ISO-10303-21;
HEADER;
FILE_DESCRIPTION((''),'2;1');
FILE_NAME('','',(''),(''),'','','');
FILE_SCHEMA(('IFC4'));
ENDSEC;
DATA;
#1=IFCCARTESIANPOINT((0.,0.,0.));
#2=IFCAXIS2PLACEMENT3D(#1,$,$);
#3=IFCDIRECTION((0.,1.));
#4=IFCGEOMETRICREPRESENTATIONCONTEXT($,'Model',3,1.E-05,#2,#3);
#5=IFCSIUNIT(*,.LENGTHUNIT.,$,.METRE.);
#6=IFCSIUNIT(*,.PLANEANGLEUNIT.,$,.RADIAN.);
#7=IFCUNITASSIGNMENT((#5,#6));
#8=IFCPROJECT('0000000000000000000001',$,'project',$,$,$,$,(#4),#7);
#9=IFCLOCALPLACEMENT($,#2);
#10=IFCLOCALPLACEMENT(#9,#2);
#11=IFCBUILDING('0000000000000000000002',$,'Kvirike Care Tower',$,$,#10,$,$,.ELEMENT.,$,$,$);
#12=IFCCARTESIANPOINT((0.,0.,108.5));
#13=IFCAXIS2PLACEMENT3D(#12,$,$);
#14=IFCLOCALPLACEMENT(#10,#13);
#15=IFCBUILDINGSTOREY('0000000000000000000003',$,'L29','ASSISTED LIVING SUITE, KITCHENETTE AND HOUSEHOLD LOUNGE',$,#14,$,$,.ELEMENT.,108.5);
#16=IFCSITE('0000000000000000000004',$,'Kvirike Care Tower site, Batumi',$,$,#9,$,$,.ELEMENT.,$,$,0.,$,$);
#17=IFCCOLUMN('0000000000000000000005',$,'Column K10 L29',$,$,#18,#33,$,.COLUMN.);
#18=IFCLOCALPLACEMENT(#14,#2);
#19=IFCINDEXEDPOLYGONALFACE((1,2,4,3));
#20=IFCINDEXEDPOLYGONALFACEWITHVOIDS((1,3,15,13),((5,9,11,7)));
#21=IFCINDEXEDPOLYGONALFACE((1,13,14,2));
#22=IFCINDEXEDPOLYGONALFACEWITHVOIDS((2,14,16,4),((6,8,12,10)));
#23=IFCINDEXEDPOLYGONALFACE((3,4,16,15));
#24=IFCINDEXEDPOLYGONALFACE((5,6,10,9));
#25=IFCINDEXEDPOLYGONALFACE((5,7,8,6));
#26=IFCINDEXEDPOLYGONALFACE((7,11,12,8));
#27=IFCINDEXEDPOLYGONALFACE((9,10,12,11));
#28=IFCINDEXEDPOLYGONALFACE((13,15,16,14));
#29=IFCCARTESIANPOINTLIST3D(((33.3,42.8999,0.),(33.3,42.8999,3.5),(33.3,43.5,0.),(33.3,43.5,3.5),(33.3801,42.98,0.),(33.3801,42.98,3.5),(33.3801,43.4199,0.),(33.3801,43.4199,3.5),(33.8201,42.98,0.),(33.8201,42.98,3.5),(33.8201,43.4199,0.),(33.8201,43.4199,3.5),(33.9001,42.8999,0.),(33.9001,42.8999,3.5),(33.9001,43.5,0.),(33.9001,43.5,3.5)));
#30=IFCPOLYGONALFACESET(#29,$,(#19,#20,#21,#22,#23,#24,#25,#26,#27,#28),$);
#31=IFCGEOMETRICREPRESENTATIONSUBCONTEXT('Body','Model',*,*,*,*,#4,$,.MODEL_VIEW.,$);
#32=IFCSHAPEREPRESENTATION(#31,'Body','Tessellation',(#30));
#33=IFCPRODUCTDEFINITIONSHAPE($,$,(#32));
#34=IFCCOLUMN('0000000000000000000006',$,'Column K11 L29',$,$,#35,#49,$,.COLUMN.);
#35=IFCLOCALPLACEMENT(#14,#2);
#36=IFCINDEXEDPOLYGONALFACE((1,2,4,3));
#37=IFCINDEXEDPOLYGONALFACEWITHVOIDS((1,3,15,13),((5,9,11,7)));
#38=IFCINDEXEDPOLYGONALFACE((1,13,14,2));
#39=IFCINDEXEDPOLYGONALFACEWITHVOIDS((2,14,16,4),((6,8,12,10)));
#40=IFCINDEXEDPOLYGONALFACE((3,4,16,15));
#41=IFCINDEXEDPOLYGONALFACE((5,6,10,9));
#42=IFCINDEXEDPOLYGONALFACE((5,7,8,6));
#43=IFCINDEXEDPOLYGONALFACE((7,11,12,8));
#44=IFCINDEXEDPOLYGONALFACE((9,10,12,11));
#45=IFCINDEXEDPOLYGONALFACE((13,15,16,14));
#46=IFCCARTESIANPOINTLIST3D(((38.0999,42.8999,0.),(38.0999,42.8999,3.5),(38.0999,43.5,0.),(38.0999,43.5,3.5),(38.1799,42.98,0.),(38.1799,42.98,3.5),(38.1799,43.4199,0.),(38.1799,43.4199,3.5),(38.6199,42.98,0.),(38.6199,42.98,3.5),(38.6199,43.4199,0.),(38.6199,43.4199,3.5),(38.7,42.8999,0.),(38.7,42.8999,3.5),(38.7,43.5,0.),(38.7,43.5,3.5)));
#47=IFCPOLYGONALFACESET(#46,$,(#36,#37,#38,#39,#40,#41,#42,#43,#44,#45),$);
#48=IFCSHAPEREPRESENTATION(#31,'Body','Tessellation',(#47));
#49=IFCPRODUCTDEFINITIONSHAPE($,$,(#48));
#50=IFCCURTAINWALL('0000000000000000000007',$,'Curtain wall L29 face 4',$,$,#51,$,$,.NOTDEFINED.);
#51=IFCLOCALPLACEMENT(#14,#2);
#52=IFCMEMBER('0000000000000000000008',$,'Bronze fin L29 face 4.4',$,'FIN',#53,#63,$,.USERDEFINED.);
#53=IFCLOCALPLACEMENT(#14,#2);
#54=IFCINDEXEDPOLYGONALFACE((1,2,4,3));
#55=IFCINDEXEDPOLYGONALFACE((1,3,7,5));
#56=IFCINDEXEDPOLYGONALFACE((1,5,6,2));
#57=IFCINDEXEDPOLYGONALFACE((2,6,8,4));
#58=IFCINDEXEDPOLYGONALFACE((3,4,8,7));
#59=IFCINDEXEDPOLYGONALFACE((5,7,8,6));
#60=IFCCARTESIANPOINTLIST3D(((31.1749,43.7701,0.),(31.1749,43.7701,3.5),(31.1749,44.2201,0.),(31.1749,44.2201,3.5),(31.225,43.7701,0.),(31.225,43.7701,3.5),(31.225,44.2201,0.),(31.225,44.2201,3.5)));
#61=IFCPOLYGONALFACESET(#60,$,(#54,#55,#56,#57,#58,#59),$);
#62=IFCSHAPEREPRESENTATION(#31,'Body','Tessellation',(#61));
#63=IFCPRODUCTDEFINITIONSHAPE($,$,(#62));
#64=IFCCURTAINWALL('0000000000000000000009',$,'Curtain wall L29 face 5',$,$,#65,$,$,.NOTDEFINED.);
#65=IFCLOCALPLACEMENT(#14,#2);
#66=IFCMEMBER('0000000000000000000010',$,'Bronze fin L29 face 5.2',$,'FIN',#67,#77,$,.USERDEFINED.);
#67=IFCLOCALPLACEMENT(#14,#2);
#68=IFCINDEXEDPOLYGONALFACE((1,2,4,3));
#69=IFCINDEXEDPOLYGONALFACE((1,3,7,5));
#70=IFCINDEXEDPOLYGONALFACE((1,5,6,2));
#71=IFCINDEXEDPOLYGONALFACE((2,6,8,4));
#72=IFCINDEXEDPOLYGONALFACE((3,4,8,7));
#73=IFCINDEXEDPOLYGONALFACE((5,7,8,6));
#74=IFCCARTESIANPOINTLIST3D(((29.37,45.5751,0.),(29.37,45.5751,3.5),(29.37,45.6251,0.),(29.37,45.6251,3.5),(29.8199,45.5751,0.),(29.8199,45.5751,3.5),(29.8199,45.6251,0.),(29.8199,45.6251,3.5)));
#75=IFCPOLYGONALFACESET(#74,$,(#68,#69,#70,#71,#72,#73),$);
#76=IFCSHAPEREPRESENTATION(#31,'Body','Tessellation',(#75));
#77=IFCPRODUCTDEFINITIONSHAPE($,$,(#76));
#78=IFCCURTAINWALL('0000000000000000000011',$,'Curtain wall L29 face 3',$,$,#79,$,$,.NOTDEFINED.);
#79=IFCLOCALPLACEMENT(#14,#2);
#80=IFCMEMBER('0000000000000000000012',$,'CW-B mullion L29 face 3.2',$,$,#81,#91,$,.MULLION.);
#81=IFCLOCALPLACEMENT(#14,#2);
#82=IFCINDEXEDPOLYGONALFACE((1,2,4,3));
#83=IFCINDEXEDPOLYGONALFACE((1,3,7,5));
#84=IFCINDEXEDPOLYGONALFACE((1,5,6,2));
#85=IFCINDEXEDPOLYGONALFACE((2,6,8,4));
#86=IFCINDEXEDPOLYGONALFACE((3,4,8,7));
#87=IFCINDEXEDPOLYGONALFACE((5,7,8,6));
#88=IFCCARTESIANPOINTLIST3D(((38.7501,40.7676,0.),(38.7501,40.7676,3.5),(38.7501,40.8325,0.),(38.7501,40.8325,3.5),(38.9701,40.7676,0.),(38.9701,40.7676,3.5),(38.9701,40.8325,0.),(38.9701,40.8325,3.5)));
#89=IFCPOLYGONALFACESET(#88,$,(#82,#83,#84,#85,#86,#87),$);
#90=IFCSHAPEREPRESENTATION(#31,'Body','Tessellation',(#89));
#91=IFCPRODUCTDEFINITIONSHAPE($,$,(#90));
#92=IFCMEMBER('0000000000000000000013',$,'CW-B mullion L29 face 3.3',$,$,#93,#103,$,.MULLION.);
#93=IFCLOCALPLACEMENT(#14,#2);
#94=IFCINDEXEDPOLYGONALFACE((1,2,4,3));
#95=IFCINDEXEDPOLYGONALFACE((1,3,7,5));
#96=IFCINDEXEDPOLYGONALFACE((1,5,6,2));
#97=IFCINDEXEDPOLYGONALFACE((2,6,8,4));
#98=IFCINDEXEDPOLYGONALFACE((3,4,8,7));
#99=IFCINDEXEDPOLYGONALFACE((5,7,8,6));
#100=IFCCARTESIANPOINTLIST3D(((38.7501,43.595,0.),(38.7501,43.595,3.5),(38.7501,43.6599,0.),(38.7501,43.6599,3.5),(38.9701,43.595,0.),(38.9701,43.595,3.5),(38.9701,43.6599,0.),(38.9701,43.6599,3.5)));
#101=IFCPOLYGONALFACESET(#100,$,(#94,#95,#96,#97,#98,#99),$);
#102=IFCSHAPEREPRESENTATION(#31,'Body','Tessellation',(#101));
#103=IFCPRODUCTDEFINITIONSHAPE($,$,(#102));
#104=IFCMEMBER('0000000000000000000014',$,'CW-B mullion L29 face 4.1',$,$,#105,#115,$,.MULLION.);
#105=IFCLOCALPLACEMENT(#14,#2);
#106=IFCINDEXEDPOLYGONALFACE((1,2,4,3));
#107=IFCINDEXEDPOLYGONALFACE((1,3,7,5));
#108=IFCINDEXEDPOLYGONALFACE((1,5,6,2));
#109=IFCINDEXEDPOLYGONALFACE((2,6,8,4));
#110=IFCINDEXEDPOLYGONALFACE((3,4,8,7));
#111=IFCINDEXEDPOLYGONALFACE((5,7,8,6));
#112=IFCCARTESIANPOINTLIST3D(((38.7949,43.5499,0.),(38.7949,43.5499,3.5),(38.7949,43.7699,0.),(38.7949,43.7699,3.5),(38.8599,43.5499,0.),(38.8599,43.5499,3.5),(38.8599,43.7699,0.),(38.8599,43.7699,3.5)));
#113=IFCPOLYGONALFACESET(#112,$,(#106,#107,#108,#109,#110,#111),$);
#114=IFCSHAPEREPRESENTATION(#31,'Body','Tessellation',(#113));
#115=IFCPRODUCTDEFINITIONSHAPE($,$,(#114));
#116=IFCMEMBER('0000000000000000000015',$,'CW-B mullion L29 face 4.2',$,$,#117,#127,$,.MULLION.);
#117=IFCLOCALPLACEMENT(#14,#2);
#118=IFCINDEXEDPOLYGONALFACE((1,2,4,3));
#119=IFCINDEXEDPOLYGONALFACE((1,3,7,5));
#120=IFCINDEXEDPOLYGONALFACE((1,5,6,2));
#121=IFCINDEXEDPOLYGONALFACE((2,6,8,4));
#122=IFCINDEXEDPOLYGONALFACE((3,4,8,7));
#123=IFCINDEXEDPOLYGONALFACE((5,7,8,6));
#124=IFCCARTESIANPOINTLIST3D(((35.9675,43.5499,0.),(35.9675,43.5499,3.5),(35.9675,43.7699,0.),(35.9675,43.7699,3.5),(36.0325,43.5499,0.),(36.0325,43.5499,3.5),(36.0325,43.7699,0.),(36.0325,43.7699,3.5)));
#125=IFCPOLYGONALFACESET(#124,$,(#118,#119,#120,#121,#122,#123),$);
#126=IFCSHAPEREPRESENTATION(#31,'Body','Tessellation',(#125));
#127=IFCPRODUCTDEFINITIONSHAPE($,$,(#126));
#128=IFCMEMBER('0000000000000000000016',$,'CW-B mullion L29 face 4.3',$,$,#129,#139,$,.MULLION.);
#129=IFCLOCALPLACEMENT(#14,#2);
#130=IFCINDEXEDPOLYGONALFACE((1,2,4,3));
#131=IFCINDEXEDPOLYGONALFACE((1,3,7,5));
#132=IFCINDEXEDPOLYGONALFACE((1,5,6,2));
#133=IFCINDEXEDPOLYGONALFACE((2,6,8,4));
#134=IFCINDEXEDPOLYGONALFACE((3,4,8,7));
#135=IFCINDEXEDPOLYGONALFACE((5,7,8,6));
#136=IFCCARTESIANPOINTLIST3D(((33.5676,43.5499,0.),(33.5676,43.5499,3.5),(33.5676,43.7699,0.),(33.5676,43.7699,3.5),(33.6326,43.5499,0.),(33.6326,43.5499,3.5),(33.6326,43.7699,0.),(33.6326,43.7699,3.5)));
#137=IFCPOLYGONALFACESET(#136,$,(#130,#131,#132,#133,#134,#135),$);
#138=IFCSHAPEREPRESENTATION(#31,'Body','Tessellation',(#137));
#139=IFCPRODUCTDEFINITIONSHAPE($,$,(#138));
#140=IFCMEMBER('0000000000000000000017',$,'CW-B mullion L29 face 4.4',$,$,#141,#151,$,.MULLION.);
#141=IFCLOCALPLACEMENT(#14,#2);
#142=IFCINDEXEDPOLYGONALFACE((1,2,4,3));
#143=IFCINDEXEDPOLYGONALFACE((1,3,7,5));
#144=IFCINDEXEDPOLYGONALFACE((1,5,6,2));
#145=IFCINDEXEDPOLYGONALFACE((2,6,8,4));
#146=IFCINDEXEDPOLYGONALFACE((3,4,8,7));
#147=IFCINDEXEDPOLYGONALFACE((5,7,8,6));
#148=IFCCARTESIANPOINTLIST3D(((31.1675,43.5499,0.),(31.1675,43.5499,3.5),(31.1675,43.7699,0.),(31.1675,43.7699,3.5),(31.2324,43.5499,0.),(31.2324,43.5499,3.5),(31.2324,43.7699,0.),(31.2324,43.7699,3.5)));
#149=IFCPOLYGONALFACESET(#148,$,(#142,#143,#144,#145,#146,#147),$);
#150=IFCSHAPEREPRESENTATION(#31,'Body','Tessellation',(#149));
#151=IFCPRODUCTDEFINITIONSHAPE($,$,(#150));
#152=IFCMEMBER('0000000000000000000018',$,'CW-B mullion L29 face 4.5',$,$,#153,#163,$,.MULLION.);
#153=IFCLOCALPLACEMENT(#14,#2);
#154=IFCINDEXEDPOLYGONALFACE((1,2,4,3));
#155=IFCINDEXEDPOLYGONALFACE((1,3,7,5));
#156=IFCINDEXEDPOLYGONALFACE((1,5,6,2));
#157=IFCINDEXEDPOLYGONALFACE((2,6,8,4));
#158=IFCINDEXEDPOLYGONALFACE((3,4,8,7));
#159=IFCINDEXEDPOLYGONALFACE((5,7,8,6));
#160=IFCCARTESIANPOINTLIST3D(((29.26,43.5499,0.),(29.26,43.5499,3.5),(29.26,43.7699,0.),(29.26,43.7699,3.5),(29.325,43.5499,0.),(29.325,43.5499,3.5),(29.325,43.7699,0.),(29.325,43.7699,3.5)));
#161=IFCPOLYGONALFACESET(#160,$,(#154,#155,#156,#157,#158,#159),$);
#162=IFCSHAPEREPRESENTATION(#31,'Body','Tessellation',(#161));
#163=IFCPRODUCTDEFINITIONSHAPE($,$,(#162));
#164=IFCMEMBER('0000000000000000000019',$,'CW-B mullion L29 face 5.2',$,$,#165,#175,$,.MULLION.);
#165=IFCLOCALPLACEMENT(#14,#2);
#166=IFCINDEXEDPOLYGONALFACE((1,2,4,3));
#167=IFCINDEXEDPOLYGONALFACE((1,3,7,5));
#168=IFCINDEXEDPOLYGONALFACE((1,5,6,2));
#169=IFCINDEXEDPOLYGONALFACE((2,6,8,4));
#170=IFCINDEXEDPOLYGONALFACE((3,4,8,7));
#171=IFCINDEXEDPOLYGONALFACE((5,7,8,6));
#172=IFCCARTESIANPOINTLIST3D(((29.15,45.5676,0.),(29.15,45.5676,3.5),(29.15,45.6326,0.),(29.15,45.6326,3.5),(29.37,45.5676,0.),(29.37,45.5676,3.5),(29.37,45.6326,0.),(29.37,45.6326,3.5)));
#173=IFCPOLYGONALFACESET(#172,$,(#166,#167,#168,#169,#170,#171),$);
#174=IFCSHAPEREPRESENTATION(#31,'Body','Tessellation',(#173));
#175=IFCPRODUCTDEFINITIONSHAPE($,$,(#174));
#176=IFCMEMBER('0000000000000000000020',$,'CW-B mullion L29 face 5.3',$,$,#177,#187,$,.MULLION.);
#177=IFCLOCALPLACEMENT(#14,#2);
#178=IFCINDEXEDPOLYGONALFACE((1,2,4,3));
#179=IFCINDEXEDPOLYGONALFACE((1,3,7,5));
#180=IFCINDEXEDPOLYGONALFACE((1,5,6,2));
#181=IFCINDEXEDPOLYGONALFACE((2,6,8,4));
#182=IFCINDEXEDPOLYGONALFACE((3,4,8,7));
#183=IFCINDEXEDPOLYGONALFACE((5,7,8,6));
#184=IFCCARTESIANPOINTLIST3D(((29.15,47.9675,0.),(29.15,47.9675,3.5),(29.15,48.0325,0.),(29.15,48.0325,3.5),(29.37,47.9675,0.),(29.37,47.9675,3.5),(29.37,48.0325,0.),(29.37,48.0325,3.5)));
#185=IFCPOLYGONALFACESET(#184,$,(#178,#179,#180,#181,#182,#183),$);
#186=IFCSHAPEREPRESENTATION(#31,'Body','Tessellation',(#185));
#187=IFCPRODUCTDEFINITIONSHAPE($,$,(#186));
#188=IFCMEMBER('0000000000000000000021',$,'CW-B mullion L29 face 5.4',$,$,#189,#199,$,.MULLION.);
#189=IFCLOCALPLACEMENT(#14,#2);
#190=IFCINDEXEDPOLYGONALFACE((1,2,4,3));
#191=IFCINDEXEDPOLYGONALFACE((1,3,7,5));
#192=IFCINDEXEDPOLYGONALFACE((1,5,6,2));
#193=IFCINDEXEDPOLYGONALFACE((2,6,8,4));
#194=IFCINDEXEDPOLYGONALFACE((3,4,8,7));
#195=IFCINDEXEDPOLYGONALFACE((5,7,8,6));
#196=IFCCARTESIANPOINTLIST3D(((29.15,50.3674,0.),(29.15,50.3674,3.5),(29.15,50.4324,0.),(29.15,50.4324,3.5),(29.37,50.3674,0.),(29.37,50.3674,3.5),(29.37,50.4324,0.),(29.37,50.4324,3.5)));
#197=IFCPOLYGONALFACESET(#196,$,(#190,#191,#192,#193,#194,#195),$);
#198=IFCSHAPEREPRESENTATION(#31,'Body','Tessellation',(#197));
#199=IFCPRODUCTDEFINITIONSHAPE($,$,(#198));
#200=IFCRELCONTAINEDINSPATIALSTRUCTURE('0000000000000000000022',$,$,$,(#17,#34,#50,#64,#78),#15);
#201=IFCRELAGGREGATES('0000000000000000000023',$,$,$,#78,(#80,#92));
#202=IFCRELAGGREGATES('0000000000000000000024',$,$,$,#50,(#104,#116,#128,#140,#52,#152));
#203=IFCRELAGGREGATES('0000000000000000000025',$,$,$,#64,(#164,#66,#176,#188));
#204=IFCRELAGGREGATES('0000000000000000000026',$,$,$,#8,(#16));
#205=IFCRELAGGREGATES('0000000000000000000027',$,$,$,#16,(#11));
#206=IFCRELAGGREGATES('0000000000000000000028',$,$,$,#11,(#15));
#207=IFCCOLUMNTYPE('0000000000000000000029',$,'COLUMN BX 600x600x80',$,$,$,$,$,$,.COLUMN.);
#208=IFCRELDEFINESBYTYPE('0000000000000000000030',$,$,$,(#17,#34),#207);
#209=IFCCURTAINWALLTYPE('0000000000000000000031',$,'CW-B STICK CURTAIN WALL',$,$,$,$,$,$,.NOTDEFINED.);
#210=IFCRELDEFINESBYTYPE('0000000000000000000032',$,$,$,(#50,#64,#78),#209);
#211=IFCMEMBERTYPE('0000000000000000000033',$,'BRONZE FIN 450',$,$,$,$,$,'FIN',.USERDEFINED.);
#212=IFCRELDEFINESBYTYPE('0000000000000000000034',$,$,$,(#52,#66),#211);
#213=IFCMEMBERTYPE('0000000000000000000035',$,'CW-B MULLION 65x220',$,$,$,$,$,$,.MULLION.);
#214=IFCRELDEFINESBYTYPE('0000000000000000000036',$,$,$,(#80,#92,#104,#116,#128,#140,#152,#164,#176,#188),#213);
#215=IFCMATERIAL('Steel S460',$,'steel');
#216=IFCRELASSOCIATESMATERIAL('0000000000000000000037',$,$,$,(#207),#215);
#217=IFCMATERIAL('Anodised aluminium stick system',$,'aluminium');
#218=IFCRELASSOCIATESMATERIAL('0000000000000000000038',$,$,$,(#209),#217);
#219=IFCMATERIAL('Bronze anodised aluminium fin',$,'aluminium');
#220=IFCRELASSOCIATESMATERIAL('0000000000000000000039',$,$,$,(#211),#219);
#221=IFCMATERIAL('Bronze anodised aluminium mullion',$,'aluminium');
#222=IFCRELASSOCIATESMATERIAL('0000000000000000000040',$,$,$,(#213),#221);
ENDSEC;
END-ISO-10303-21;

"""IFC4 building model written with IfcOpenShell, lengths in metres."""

from ifc_helpers import new_model, si_unit, direction, frame, origin, origin_2d, place, context, subcontext, project, spatial, rectangle, hollow_rectangle, extrude, material, material_profile, profile_set, type_object, element, aggregate, save


model = new_model("IFC4")

# Units and contexts
model_context = context("Model", 3, precision=1e-05, world=origin(), true_north=direction((0.0, 1.0)))
body_context = subcontext(model_context, "Body", "Model", "MODEL_VIEW")
ifc_project = project(units=[si_unit("LENGTHUNIT", "METRE"), si_unit("PLANEANGLEUNIT", "RADIAN")], contexts=[model_context])

# Site, building, storey
site_placement = place(None, origin())
site = spatial("IfcSite", under=ifc_project, at=site_placement, Name="Kvirike Care Tower site, Batumi", CompositionType="ELEMENT", RefElevation=0.0)
building_placement = place(site_placement, origin())
building = spatial("IfcBuilding", under=site, at=building_placement, Name="Kvirike Care Tower", CompositionType="ELEMENT")
storey_placement = place(building_placement, frame((0.0, 0.0, 108.5)))
storey = spatial("IfcBuildingStorey", under=building, at=storey_placement, Name="L29", Description="ASSISTED LIVING SUITE, KITCHENETTE AND HOUSEHOLD LOUNGE", CompositionType="ELEMENT", Elevation=108.5)

# Columns
ifc_material_1 = material(Name="Steel S460", Category="steel")
ifc_material_profile_1 = material_profile(ifc_material_1, hollow_rectangle(XDim=0.6001, YDim=0.6001, WallThickness=0.0801, at=origin_2d()), Name="BX 600x600x80")
ifc_profile_set_1 = profile_set([ifc_material_profile_1], Name="Steel S460")
column_type = type_object("IfcColumnType", Name="COLUMN BX 600x600x80", PredefinedType="COLUMN", material=ifc_profile_set_1)
for number, where, z_axis, x_axis, name in (
    (1, (33.6001, 43.2, 0.0), (0.0, 0.0, 1.0), (0.0, 1.0, 0.0), "Column K10 L29"),
    (2, (38.3999, 43.2, 0.0), (0.0, 0.0, 1.0), (0.0, 1.0, 0.0), "Column K11 L29"),
):
    element("IfcColumn", number, at=place(storey_placement, frame(where, z_axis=z_axis, x_axis=x_axis)), inside=storey, type_object=column_type, Name=name, PredefinedType="COLUMN", context=body_context, shape_type="SweptSolid", body=[
        extrude(hollow_rectangle(XDim=0.6001, YDim=0.6001, WallThickness=0.0801, at=origin_2d()), origin(), (0.0, 0.0, 1.0), 3.5),
    ])

# Curtain walls, members
ifc_material_2 = material(Name="Anodised aluminium stick system", Category="aluminium")
curtain_wall_type = type_object("IfcCurtainWallType", Name="CW-B STICK CURTAIN WALL", PredefinedType="NOTDEFINED", material=ifc_material_2)
curtain_wall_1_placement = place(storey_placement, origin())
curtain_wall_1 = element("IfcCurtainWall", 3, at=curtain_wall_1_placement, inside=storey, type_object=curtain_wall_type, Name="Curtain wall L29 face 4", PredefinedType="NOTDEFINED")
ifc_material_3 = material(Name="Bronze anodised aluminium fin", Category="aluminium")
ifc_material_profile_2 = material_profile(ifc_material_3, rectangle(XDim=0.05, YDim=0.45, at=origin_2d()), Name="BRONZE FIN 450")
ifc_profile_set_2 = profile_set([ifc_material_profile_2], Name="Bronze anodised aluminium fin")
member_type_1 = type_object("IfcMemberType", Name="BRONZE FIN 450", ElementType="FIN", PredefinedType="USERDEFINED", material=ifc_profile_set_2)
member_1_placement = place(storey_placement, frame((31.2, 43.9951, 0.0), z_axis=(0.0, 0.0, 1.0), x_axis=(-1.0, 0.0, 0.0)))
member_1 = element("IfcMember", 4, at=member_1_placement, type_object=member_type_1, Name="Bronze fin L29 face 4.4", ObjectType="FIN", PredefinedType="USERDEFINED", context=body_context, shape_type="SweptSolid", body=[
    extrude(rectangle(XDim=0.05, YDim=0.45, at=origin_2d()), origin(), (0.0, 0.0, 1.0), 3.5),
])
curtain_wall_2_placement = place(storey_placement, origin())
curtain_wall_2 = element("IfcCurtainWall", 5, at=curtain_wall_2_placement, inside=storey, type_object=curtain_wall_type, Name="Curtain wall L29 face 5", PredefinedType="NOTDEFINED")
member_2_placement = place(storey_placement, frame((29.595, 45.6001, 0.0), z_axis=(0.0, 0.0, 1.0), x_axis=(0.0, 1.0, 0.0)))
member_2 = element("IfcMember", 6, at=member_2_placement, type_object=member_type_1, Name="Bronze fin L29 face 5.2", ObjectType="FIN", PredefinedType="USERDEFINED", context=body_context, shape_type="SweptSolid", body=[
    extrude(rectangle(XDim=0.05, YDim=0.45, at=origin_2d()), origin(), (0.0, 0.0, 1.0), 3.5),
])

# Curtain wall, members
curtain_wall_3_placement = place(storey_placement, origin())
curtain_wall_3 = element("IfcCurtainWall", 7, at=curtain_wall_3_placement, inside=storey, type_object=curtain_wall_type, Name="Curtain wall L29 face 3", PredefinedType="NOTDEFINED")
ifc_material_4 = material(Name="Bronze anodised aluminium mullion", Category="aluminium")
ifc_material_profile_3 = material_profile(ifc_material_4, rectangle(XDim=0.0649, YDim=0.22, at=origin_2d()), Name="CW-B MULLION 65x220")
ifc_profile_set_3 = profile_set([ifc_material_profile_3], Name="Bronze anodised aluminium mullion")
member_type_2 = type_object("IfcMemberType", Name="CW-B MULLION 65x220", PredefinedType="MULLION", material=ifc_profile_set_3)
member_3_placement = place(storey_placement, frame((38.8601, 40.8, 0.0), z_axis=(0.0, 0.0, 1.0), x_axis=(0.0, 1.0, 0.0)))
member_3 = element("IfcMember", 8, at=member_3_placement, type_object=member_type_2, Name="CW-B mullion L29 face 3.2", PredefinedType="MULLION", context=body_context, shape_type="SweptSolid", body=[
    extrude(rectangle(XDim=0.0649, YDim=0.22, at=origin_2d()), origin(), (0.0, 0.0, 1.0), 3.5),
])
member_4_placement = place(storey_placement, frame((38.8601, 43.6274, 0.0), z_axis=(0.0, 0.0, 1.0), x_axis=(0.0, 1.0, 0.0)))
member_4 = element("IfcMember", 9, at=member_4_placement, type_object=member_type_2, Name="CW-B mullion L29 face 3.3", PredefinedType="MULLION", context=body_context, shape_type="SweptSolid", body=[
    extrude(rectangle(XDim=0.0649, YDim=0.22, at=origin_2d()), origin(), (0.0, 0.0, 1.0), 3.5),
])

# Members
member_5_placement = place(storey_placement, frame((38.8274, 43.6599, 0.0), z_axis=(0.0, 0.0, 1.0), x_axis=(-1.0, 0.0, 0.0)))
member_5 = element("IfcMember", 10, at=member_5_placement, type_object=member_type_2, Name="CW-B mullion L29 face 4.1", PredefinedType="MULLION", context=body_context, shape_type="SweptSolid", body=[
    extrude(rectangle(XDim=0.0649, YDim=0.22, at=origin_2d()), origin(), (0.0, 0.0, 1.0), 3.5),
])
member_6_placement = place(storey_placement, frame((36.0, 43.6599, 0.0), z_axis=(0.0, 0.0, 1.0), x_axis=(-1.0, 0.0, 0.0)))
member_6 = element("IfcMember", 11, at=member_6_placement, type_object=member_type_2, Name="CW-B mullion L29 face 4.2", PredefinedType="MULLION", context=body_context, shape_type="SweptSolid", body=[
    extrude(rectangle(XDim=0.0649, YDim=0.22, at=origin_2d()), origin(), (0.0, 0.0, 1.0), 3.5),
])
member_7_placement = place(storey_placement, frame((33.6001, 43.6599, 0.0), z_axis=(0.0, 0.0, 1.0), x_axis=(-1.0, 0.0, 0.0)))
member_7 = element("IfcMember", 12, at=member_7_placement, type_object=member_type_2, Name="CW-B mullion L29 face 4.3", PredefinedType="MULLION", context=body_context, shape_type="SweptSolid", body=[
    extrude(rectangle(XDim=0.0649, YDim=0.22, at=origin_2d()), origin(), (0.0, 0.0, 1.0), 3.5),
])
member_8_placement = place(storey_placement, frame((31.2, 43.6599, 0.0), z_axis=(0.0, 0.0, 1.0), x_axis=(-1.0, 0.0, 0.0)))
member_8 = element("IfcMember", 13, at=member_8_placement, type_object=member_type_2, Name="CW-B mullion L29 face 4.4", PredefinedType="MULLION", context=body_context, shape_type="SweptSolid", body=[
    extrude(rectangle(XDim=0.0649, YDim=0.22, at=origin_2d()), origin(), (0.0, 0.0, 1.0), 3.5),
])
member_9_placement = place(storey_placement, frame((29.2925, 43.6599, 0.0), z_axis=(0.0, 0.0, 1.0), x_axis=(-1.0, 0.0, 0.0)))
member_9 = element("IfcMember", 14, at=member_9_placement, type_object=member_type_2, Name="CW-B mullion L29 face 4.5", PredefinedType="MULLION", context=body_context, shape_type="SweptSolid", body=[
    extrude(rectangle(XDim=0.0649, YDim=0.22, at=origin_2d()), origin(), (0.0, 0.0, 1.0), 3.5),
])
member_10_placement = place(storey_placement, frame((29.26, 45.6001, 0.0), z_axis=(0.0, 0.0, 1.0), x_axis=(0.0, 1.0, 0.0)))
member_10 = element("IfcMember", 15, at=member_10_placement, type_object=member_type_2, Name="CW-B mullion L29 face 5.2", PredefinedType="MULLION", context=body_context, shape_type="SweptSolid", body=[
    extrude(rectangle(XDim=0.0649, YDim=0.22, at=origin_2d()), origin(), (0.0, 0.0, 1.0), 3.5),
])
member_11_placement = place(storey_placement, frame((29.26, 48.0, 0.0), z_axis=(0.0, 0.0, 1.0), x_axis=(0.0, 1.0, 0.0)))
member_11 = element("IfcMember", 16, at=member_11_placement, type_object=member_type_2, Name="CW-B mullion L29 face 5.3", PredefinedType="MULLION", context=body_context, shape_type="SweptSolid", body=[
    extrude(rectangle(XDim=0.0649, YDim=0.22, at=origin_2d()), origin(), (0.0, 0.0, 1.0), 3.5),
])
member_12_placement = place(storey_placement, frame((29.26, 50.3999, 0.0), z_axis=(0.0, 0.0, 1.0), x_axis=(0.0, 1.0, 0.0)))
member_12 = element("IfcMember", 17, at=member_12_placement, type_object=member_type_2, Name="CW-B mullion L29 face 5.4", PredefinedType="MULLION", context=body_context, shape_type="SweptSolid", body=[
    extrude(rectangle(XDim=0.0649, YDim=0.22, at=origin_2d()), origin(), (0.0, 0.0, 1.0), 3.5),
])

aggregate(curtain_wall_3, [member_3, member_4])
aggregate(curtain_wall_1, [member_5, member_6, member_7, member_8, member_1, member_9])
aggregate(curtain_wall_2, [member_10, member_2, member_11, member_12])

save(model, "model.ifc")
